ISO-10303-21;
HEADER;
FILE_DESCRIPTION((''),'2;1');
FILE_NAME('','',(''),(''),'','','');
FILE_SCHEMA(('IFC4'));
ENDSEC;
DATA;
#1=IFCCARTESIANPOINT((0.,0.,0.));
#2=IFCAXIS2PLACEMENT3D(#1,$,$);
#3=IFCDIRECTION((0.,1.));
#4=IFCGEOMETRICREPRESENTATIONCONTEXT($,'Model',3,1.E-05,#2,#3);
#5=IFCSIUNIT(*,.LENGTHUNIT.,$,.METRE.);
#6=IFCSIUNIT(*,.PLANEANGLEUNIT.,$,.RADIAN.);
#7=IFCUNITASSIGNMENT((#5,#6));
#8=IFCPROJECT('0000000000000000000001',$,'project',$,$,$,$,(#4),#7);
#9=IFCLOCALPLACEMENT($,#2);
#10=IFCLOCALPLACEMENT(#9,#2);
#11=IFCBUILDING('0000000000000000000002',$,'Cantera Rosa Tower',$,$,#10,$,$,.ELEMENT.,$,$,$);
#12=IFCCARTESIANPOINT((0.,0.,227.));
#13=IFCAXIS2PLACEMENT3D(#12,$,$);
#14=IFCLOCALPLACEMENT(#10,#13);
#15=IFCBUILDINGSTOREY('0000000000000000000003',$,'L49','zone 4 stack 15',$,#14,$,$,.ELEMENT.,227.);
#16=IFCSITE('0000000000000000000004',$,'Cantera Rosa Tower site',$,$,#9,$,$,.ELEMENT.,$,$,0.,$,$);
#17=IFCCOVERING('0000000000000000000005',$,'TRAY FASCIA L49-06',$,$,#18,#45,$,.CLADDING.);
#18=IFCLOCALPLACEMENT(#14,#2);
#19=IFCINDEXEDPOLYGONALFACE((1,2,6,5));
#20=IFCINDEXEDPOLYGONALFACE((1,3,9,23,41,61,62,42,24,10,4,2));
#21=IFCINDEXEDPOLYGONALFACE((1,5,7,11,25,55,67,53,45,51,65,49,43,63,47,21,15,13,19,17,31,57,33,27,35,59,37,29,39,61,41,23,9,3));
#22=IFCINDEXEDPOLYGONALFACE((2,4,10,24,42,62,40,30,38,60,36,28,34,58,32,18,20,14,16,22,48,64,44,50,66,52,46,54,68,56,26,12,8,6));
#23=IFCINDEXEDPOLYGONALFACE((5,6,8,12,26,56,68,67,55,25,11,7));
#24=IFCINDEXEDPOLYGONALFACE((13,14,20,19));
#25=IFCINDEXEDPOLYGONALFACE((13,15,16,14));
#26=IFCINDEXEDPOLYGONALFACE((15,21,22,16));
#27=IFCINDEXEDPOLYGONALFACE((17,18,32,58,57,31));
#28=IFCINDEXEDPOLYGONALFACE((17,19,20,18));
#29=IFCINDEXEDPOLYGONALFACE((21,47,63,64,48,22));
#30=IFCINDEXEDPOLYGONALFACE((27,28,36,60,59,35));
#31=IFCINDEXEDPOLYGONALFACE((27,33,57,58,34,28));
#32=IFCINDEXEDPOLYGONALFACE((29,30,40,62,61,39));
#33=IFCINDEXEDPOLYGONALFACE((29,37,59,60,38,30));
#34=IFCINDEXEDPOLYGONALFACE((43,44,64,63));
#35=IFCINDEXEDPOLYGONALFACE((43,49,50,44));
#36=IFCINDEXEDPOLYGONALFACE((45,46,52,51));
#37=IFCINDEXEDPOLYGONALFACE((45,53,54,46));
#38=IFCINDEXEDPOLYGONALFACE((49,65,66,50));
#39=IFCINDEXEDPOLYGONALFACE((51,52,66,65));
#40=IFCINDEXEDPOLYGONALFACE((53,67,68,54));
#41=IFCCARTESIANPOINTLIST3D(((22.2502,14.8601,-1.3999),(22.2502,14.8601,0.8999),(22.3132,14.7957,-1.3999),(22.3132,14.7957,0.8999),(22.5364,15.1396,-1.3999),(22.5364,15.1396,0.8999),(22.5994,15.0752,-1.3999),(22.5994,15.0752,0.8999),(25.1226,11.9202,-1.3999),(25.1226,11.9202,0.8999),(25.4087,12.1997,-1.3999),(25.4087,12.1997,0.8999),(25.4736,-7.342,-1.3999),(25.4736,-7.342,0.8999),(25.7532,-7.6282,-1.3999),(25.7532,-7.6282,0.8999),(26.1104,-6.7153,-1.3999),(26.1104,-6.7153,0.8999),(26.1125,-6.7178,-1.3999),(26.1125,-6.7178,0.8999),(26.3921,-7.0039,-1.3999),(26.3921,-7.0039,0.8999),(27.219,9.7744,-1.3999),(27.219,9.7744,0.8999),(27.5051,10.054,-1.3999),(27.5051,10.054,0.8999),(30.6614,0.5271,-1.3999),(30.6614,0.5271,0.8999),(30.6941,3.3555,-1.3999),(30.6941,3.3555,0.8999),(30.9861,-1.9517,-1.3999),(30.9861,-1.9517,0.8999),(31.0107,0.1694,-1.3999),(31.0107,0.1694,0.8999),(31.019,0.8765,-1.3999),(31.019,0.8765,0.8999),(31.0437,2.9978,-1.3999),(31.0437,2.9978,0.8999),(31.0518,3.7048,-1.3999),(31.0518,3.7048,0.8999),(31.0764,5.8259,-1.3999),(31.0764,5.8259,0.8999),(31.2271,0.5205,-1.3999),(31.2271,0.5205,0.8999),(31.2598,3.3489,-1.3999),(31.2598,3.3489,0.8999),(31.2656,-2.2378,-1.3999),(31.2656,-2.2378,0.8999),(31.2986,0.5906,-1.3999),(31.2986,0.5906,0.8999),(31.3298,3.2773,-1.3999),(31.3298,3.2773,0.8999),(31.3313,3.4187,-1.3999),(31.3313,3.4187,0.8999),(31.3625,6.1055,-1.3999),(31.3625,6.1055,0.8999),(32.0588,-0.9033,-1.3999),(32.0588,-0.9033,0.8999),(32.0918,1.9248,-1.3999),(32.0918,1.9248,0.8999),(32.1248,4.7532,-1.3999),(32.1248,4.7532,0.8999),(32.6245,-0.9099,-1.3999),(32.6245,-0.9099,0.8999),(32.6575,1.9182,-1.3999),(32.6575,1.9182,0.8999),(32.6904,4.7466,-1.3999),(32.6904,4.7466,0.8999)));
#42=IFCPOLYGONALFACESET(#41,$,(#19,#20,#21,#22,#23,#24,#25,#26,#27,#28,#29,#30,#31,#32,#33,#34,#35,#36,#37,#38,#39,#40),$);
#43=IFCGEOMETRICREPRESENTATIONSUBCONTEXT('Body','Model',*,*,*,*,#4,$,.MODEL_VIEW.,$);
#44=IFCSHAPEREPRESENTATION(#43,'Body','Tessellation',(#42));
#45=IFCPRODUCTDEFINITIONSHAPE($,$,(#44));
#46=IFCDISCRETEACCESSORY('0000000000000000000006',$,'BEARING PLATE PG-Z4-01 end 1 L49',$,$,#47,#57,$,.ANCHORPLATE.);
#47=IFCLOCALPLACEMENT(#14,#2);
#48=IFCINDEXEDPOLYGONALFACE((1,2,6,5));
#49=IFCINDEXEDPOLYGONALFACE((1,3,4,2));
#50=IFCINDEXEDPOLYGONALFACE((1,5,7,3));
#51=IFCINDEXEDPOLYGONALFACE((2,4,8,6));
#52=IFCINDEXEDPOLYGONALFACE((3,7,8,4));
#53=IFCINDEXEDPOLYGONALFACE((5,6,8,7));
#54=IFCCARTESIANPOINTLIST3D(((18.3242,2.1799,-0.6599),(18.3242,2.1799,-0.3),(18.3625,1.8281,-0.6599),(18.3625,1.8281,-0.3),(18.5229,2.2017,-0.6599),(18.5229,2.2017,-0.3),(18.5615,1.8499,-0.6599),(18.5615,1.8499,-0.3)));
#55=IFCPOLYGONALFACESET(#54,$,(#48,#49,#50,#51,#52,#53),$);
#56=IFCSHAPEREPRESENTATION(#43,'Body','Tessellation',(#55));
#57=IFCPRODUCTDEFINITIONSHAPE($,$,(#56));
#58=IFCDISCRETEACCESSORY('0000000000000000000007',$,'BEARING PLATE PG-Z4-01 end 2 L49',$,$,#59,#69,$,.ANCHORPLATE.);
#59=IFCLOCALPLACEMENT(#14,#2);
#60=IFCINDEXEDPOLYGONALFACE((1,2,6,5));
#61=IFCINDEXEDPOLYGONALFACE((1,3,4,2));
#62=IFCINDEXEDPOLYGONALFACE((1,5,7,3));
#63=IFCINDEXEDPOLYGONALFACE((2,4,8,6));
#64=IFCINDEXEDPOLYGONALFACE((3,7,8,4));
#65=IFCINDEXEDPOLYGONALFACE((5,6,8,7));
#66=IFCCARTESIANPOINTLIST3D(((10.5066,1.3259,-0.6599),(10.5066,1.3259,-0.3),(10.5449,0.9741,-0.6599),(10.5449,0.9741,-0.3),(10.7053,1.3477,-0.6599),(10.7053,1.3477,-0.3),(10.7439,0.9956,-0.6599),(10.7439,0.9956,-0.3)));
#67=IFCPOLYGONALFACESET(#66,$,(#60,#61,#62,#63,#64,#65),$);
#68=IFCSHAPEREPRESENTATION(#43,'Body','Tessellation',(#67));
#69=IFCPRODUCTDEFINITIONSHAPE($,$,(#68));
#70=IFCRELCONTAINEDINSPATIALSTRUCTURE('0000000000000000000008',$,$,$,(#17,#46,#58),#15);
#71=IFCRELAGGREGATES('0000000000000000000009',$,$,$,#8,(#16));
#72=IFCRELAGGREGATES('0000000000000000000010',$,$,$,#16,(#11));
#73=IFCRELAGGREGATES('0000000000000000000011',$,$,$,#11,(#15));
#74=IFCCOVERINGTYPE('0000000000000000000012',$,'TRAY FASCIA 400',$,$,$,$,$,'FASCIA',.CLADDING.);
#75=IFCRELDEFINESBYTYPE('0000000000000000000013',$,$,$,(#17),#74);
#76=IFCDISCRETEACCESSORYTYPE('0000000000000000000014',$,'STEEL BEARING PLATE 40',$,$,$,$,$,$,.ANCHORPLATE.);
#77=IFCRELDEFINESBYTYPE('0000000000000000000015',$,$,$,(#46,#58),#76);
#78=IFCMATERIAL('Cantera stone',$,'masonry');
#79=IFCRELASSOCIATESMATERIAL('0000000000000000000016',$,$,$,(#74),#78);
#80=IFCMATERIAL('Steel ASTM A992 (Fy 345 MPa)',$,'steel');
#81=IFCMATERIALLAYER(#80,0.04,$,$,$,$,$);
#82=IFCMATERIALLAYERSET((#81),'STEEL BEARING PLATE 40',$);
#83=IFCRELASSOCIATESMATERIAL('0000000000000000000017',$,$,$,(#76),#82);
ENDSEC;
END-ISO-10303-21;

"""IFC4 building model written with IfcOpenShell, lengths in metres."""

from ifc_helpers import new_model, si_unit, direction, frame, origin, place, context, subcontext, project, spatial, polyline, outline, extrude, material, layer, layer_set, type_object, element, save


model = new_model("IFC4")

# Units and contexts
model_context = context("Model", 3, precision=1e-05, world=origin(), true_north=direction((0.0, 1.0)))
body_context = subcontext(model_context, "Body", "Model", "MODEL_VIEW")
ifc_project = project(units=[si_unit("LENGTHUNIT", "METRE"), si_unit("PLANEANGLEUNIT", "RADIAN")], contexts=[model_context])

# Site, building, storey
site_placement = place(None, origin())
site = spatial("IfcSite", under=ifc_project, at=site_placement, Name="Cantera Rosa Tower site", CompositionType="ELEMENT", RefElevation=0.0)
building_placement = place(site_placement, origin())
building = spatial("IfcBuilding", under=site, at=building_placement, Name="Cantera Rosa Tower", CompositionType="ELEMENT")
storey_placement = place(building_placement, frame((0.0, 0.0, 227.0)))
storey = spatial("IfcBuildingStorey", under=building, at=storey_placement, Name="L49", Description="zone 4 stack 15", CompositionType="ELEMENT", Elevation=227.0)

# Covering
ifc_material_1 = material(Name="Cantera stone", Category="masonry")
covering_type = type_object("IfcCoveringType", Name="TRAY FASCIA 400", ElementType="FASCIA", PredefinedType="CLADDING", material=ifc_material_1)
covering_1_placement = place(storey_placement, frame((0.0, 0.0, -1.3999)))
element("IfcCovering", 1, at=covering_1_placement, inside=storey, type_object=covering_type, Name="TRAY FASCIA L49-06", PredefinedType="CLADDING", context=body_context, shape_type="SweptSolid", body=[
    extrude(outline(polyline([(22.5994, 15.0752), (25.4087, 12.1997), (27.5051, 10.054), (31.3625, 6.1055), (32.6904, 4.7466), (31.3313, 3.4187), (31.2598, 3.3489), (31.3298, 3.2773), (32.6575, 1.9182), (31.2986, 0.5906), (31.2271, 0.5205), (32.6245, -0.9099), (31.2656, -2.2378), (26.3921, -7.0039), (25.7532, -7.6282), (25.4736, -7.342), (26.1125, -6.7178), (26.1104, -6.7153), (30.9861, -1.9517), (32.0588, -0.9033), (31.0107, 0.1694), (30.6614, 0.5271), (31.019, 0.8765), (32.0918, 1.9248), (31.0437, 2.9978), (30.6941, 3.3555), (31.0518, 3.7048), (32.1248, 4.7532), (31.0764, 5.8259), (27.219, 9.7744), (25.1226, 11.9202), (22.3132, 14.7957), (22.2502, 14.8601), (22.5364, 15.1396), (22.5994, 15.0752)])), origin(), (0.0, 0.0, 1.0), 2.2998),
])

# Discrete accessories
ifc_material_2 = material(Name="Steel ASTM A992 (Fy 345 MPa)", Category="steel")
ifc_layer_1 = layer(ifc_material_2, 0.04)
ifc_layer_set_1 = layer_set([ifc_layer_1], Name="STEEL BEARING PLATE 40")
discrete_accessory_type = type_object("IfcDiscreteAccessoryType", Name="STEEL BEARING PLATE 40", PredefinedType="ANCHORPLATE", material=ifc_layer_set_1)
discrete_accessory_1_placement = place(storey_placement, frame((0.0, 0.0, -0.6599)))
element("IfcDiscreteAccessory", 2, at=discrete_accessory_1_placement, inside=storey, type_object=discrete_accessory_type, Name="BEARING PLATE PG-Z4-01 end 1 L49", PredefinedType="ANCHORPLATE", context=body_context, shape_type="SweptSolid", body=[
    extrude(outline(polyline([(18.3625, 1.8281), (18.5615, 1.8499), (18.5229, 2.2017), (18.3242, 2.1799), (18.3625, 1.8281)])), origin(), (0.0, 0.0, 1.0), 0.3599),
])
discrete_accessory_2_placement = place(storey_placement, frame((0.0, 0.0, -0.6599)))
element("IfcDiscreteAccessory", 3, at=discrete_accessory_2_placement, inside=storey, type_object=discrete_accessory_type, Name="BEARING PLATE PG-Z4-01 end 2 L49", PredefinedType="ANCHORPLATE", context=body_context, shape_type="SweptSolid", body=[
    extrude(outline(polyline([(10.7053, 1.3477), (10.5066, 1.3259), (10.5449, 0.9741), (10.7439, 0.9956), (10.7053, 1.3477)])), origin(), (0.0, 0.0, 1.0), 0.3599),
])

save(model, "model.ifc")
